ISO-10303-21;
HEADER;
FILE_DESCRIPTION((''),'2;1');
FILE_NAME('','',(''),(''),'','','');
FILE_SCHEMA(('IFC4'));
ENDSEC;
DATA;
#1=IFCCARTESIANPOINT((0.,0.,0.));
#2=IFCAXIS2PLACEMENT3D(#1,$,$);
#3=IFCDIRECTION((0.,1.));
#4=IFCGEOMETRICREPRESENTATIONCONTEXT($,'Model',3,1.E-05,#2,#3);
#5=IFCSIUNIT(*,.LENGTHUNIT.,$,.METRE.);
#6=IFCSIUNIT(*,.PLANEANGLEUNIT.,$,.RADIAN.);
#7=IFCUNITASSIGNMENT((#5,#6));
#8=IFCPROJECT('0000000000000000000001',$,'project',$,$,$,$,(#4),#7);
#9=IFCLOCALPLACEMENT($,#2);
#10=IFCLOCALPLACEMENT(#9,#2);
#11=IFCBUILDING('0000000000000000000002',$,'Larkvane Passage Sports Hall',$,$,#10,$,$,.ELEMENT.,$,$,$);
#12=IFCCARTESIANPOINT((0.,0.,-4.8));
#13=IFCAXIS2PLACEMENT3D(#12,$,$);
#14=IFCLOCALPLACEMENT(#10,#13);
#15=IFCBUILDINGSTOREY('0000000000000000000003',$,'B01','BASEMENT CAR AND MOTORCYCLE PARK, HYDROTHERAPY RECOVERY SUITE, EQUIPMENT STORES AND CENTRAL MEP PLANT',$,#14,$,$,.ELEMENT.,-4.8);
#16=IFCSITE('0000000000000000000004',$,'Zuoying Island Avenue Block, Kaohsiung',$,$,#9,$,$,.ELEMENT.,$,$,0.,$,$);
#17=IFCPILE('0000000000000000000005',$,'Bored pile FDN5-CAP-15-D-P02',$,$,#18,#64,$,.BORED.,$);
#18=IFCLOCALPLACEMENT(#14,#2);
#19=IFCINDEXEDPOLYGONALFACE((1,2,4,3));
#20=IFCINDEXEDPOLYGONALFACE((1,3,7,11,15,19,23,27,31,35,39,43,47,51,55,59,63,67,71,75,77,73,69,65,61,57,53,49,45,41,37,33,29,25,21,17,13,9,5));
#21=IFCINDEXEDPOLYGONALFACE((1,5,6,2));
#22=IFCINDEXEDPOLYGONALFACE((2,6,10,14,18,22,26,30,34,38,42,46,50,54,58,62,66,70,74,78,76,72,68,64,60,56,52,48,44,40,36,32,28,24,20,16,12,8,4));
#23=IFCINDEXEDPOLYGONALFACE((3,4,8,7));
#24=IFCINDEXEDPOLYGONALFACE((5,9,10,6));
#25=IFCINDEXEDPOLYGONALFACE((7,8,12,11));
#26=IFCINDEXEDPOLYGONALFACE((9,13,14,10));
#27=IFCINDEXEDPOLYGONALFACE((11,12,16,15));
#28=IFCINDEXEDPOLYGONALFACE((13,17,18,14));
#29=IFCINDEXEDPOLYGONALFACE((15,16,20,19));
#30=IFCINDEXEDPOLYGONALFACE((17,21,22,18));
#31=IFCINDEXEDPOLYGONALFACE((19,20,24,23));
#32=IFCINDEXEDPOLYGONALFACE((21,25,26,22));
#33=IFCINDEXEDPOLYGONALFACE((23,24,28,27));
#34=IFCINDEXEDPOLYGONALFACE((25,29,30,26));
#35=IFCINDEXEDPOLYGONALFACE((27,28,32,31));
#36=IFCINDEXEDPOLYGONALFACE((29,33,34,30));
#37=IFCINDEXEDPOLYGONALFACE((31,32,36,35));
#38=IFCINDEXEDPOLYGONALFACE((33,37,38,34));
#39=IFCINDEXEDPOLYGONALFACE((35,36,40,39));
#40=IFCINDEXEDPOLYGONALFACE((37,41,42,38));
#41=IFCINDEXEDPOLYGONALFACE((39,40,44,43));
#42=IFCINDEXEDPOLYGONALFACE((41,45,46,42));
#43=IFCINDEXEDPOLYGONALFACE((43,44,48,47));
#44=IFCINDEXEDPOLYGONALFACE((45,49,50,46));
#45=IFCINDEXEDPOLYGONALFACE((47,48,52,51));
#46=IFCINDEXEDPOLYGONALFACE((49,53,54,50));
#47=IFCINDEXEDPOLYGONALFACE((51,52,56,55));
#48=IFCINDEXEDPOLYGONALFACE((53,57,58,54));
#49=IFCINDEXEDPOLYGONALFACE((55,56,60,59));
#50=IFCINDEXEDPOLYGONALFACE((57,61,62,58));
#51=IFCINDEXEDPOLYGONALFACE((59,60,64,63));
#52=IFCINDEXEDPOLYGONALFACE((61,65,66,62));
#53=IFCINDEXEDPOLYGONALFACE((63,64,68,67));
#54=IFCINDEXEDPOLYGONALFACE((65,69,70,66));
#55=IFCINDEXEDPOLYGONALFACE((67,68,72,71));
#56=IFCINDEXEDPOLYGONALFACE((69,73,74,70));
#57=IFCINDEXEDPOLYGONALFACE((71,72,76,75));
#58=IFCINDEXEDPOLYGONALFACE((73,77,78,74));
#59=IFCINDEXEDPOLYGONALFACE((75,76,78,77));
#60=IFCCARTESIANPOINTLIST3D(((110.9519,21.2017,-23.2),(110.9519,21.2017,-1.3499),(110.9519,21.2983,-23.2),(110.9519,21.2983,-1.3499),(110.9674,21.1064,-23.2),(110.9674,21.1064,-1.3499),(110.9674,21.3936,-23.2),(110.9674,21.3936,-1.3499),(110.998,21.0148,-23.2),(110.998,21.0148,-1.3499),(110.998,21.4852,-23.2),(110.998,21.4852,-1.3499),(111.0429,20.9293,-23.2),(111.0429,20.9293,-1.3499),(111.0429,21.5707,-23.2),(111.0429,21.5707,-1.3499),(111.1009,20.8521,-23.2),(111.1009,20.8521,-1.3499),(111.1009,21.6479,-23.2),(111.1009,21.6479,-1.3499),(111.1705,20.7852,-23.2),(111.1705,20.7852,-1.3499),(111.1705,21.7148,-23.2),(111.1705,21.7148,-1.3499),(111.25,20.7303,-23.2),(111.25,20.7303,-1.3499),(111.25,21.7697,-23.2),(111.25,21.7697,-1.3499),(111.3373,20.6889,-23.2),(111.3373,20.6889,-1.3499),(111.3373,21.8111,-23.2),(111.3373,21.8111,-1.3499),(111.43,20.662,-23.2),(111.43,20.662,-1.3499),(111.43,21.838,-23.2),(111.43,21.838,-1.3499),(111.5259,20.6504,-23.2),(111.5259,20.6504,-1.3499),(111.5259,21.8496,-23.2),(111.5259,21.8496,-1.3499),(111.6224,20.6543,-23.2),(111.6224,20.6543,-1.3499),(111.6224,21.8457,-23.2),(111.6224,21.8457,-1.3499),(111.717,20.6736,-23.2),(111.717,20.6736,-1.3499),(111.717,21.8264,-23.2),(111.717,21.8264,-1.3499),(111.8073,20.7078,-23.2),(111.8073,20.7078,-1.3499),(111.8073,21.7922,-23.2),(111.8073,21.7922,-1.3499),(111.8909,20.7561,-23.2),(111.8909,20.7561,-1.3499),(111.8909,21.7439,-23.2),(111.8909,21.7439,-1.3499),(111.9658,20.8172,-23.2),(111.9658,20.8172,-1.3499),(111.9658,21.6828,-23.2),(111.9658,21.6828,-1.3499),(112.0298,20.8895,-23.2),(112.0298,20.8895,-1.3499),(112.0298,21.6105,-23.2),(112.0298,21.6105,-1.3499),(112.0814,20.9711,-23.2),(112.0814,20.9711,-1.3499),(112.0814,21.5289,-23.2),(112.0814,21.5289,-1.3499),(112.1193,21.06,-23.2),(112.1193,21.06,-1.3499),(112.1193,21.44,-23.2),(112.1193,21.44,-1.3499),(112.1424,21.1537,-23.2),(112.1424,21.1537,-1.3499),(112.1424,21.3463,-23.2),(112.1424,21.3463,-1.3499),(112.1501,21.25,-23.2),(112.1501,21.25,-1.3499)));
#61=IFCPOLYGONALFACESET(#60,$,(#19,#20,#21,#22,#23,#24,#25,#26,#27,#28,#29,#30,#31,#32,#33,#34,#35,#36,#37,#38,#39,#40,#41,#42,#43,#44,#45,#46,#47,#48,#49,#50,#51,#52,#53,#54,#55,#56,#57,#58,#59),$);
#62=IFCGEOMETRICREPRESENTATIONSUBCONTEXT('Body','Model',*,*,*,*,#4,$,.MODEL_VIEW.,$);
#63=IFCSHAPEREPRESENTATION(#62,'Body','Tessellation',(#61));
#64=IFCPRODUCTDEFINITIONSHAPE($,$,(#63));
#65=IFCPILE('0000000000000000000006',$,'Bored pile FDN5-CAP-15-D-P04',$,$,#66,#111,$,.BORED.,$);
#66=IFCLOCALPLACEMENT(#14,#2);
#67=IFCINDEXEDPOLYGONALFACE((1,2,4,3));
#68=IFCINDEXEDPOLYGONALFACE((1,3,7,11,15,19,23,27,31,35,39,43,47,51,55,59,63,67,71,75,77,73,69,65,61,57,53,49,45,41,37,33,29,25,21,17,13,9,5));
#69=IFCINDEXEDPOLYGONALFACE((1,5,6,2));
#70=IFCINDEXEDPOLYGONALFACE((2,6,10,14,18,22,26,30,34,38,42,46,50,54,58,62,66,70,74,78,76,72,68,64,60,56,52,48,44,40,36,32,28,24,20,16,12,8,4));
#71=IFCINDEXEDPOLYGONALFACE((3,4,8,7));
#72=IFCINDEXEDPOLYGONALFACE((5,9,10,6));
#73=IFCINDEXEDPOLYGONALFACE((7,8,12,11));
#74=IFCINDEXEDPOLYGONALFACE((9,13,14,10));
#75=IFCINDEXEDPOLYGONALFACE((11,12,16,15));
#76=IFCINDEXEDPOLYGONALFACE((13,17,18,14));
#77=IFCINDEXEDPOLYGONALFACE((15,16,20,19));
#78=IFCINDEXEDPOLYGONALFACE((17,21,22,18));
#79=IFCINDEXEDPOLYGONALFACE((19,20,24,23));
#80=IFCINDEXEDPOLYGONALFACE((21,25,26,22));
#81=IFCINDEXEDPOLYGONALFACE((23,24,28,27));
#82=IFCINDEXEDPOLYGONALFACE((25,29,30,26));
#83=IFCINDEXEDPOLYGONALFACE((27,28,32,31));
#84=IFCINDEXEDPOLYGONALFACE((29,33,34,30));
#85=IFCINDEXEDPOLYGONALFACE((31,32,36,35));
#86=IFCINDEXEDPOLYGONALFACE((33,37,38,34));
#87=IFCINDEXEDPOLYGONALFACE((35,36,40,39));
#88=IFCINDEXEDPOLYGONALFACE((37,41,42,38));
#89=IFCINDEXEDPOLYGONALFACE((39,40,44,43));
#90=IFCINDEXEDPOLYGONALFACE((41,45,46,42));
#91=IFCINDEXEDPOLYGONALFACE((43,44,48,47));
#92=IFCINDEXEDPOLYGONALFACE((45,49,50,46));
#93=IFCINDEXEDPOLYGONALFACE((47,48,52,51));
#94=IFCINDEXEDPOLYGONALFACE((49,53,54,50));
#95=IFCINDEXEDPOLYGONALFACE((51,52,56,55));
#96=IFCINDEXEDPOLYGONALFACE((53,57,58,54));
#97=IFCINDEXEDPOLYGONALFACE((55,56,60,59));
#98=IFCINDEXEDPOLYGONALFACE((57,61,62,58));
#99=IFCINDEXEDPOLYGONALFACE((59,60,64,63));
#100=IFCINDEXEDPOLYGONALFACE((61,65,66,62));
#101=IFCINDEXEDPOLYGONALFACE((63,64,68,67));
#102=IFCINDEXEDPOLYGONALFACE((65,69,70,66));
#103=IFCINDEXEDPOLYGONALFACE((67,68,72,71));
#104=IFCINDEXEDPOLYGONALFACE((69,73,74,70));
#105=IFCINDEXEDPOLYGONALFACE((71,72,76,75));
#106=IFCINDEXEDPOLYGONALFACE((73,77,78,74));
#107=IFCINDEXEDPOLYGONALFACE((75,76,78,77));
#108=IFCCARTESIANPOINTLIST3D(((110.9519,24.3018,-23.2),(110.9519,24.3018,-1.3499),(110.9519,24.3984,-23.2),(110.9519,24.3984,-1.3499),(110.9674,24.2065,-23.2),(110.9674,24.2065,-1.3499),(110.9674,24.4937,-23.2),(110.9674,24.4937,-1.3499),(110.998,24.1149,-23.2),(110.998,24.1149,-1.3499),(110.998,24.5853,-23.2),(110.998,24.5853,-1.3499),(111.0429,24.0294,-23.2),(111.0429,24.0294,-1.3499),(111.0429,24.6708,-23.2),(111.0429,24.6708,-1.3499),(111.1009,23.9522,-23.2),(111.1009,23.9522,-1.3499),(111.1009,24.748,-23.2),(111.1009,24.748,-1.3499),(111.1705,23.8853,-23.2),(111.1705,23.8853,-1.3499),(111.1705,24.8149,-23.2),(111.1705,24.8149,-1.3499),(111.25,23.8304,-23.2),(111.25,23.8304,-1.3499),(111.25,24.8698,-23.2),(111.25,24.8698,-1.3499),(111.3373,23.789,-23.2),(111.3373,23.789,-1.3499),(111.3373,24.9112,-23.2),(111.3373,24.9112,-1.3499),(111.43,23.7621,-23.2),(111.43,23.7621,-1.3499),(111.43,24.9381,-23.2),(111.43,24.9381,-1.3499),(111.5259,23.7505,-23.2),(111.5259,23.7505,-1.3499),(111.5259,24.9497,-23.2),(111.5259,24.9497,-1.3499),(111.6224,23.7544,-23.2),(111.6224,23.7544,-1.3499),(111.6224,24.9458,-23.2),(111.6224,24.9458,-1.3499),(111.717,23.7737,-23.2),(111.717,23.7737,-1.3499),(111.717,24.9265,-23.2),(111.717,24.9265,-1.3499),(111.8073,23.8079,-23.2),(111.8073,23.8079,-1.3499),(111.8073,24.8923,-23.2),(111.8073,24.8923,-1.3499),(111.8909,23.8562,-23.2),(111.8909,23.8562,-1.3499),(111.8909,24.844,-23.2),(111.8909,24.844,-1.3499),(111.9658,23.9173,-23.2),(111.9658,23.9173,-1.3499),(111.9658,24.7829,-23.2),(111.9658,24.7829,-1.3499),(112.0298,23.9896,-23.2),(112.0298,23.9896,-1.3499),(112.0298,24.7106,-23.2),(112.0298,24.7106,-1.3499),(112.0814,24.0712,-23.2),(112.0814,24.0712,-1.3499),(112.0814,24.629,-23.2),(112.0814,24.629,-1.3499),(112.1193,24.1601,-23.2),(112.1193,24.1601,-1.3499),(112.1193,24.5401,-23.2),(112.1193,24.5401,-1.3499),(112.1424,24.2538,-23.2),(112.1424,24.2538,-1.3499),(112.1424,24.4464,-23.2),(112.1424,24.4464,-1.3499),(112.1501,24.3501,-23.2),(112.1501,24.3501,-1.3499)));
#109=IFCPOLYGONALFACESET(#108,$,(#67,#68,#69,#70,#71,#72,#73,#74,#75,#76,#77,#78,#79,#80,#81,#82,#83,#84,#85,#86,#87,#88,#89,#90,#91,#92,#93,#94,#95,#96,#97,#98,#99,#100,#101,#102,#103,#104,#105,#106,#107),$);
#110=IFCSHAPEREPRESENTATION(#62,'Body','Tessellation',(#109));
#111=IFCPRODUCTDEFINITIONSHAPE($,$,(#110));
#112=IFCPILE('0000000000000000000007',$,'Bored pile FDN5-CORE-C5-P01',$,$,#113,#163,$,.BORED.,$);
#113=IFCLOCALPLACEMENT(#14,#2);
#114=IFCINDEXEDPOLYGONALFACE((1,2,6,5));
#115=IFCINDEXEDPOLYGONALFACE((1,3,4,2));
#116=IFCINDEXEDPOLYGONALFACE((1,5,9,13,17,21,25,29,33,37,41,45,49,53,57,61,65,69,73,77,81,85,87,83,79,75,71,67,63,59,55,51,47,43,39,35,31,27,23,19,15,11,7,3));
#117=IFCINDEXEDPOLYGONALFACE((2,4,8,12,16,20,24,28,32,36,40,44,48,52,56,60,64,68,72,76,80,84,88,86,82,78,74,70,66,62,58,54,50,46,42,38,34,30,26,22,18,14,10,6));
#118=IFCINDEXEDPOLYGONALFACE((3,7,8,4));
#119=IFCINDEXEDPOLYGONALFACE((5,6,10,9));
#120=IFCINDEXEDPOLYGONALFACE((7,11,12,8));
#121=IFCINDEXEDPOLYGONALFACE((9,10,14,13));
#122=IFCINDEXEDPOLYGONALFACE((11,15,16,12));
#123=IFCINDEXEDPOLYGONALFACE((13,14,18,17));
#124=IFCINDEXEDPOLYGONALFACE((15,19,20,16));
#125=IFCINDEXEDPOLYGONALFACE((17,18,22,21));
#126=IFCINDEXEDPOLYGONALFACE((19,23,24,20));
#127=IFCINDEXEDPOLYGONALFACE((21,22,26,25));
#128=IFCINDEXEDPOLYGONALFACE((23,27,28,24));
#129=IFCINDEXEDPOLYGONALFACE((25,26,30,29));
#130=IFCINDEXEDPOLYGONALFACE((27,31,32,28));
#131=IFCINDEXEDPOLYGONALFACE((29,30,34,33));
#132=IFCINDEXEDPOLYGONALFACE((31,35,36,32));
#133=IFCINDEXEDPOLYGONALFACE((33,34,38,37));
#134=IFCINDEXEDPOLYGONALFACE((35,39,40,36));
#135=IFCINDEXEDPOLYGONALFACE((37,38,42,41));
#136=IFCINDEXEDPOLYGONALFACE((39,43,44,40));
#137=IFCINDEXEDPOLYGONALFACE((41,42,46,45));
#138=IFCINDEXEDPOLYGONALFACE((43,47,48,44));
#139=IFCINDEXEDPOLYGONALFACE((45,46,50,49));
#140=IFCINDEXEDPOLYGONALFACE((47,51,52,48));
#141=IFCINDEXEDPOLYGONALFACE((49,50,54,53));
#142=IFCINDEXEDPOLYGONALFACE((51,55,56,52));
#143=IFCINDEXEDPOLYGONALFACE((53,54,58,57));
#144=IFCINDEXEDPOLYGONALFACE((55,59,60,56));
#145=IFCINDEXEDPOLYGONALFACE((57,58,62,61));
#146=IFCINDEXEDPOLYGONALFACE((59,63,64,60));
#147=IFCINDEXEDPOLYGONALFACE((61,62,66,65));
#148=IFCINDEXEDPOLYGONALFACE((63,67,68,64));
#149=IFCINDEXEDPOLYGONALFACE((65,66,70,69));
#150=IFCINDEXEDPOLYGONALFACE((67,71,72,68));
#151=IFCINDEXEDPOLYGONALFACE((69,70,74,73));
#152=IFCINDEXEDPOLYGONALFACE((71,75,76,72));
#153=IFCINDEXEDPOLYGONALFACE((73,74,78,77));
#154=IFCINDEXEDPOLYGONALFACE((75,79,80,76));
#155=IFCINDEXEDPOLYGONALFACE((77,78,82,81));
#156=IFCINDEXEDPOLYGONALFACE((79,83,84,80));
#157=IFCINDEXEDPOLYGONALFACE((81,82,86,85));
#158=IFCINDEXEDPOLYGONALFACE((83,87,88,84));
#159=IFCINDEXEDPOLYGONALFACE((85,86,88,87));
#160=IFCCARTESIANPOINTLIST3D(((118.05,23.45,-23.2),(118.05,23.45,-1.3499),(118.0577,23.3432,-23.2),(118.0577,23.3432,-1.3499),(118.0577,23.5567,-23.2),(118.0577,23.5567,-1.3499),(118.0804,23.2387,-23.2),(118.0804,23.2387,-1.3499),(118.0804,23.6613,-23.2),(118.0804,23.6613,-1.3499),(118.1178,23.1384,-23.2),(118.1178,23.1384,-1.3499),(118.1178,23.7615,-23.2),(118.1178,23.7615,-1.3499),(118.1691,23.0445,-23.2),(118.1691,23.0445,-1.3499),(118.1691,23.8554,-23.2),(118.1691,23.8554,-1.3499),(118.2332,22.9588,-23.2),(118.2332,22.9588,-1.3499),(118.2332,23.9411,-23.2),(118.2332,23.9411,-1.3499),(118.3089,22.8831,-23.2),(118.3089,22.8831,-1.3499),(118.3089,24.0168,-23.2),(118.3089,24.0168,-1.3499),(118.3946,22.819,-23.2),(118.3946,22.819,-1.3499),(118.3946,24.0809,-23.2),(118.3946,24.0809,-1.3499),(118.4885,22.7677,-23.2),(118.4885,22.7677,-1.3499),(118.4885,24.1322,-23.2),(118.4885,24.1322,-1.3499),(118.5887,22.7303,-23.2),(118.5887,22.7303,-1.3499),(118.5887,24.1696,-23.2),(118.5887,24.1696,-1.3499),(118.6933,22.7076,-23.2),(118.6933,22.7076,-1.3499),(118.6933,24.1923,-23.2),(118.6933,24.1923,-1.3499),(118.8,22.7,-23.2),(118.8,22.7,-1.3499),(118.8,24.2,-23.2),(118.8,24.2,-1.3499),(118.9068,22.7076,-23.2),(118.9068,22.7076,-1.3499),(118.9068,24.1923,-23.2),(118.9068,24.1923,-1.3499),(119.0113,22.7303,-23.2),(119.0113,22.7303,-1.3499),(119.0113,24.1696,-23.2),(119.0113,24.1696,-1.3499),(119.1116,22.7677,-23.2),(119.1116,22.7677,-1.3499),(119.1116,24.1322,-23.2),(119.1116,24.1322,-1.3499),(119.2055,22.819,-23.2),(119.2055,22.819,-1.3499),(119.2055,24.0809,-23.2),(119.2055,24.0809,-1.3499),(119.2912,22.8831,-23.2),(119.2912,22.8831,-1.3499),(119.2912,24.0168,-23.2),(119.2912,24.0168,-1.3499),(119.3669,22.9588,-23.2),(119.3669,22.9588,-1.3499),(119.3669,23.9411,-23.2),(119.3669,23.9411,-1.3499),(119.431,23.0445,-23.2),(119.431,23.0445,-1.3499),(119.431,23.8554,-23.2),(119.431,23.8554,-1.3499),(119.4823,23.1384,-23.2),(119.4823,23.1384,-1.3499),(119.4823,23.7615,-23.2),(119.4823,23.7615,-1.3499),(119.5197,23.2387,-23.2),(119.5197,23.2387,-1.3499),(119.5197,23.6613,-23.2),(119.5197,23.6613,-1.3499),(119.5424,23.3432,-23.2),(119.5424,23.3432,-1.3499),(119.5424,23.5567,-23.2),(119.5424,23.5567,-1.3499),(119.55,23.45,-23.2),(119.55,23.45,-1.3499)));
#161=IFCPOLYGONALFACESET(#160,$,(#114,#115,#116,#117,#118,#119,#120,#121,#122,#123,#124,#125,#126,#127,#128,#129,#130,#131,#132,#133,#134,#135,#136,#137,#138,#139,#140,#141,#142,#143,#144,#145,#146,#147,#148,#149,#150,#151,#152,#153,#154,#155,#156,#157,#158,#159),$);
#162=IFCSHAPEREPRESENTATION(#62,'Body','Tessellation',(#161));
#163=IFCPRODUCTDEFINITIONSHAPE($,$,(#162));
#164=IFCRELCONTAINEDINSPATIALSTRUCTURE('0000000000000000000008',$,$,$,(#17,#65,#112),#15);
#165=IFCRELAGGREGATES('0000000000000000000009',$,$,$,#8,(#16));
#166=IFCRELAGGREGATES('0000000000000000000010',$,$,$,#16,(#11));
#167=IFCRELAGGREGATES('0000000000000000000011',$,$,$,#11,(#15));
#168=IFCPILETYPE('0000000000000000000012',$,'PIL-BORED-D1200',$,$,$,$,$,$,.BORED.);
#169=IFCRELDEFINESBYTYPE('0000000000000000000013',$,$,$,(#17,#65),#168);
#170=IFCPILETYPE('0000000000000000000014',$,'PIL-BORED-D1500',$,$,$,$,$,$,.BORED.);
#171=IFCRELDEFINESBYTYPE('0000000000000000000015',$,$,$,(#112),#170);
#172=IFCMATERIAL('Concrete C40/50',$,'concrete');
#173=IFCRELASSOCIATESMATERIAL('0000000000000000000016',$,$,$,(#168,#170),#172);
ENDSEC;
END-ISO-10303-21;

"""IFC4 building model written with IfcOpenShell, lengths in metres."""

from ifc_helpers import new_model, si_unit, direction, frame, origin, origin_2d, place, context, subcontext, project, spatial, circle, extrude, material, material_profile, profile_set, type_object, element, save


model = new_model("IFC4")

# Units and contexts
model_context = context("Model", 3, precision=1e-05, world=origin(), true_north=direction((0.0, 1.0)))
body_context = subcontext(model_context, "Body", "Model", "MODEL_VIEW")
ifc_project = project(units=[si_unit("LENGTHUNIT", "METRE"), si_unit("PLANEANGLEUNIT", "RADIAN")], contexts=[model_context])

# Site, building, storey
site_placement = place(None, origin())
site = spatial("IfcSite", under=ifc_project, at=site_placement, Name="Zuoying Island Avenue Block, Kaohsiung", CompositionType="ELEMENT", RefElevation=0.0)
building_placement = place(site_placement, origin())
building = spatial("IfcBuilding", under=site, at=building_placement, Name="Larkvane Passage Sports Hall", CompositionType="ELEMENT")
storey_placement = place(building_placement, frame((0.0, 0.0, -4.8)))
storey = spatial("IfcBuildingStorey", under=building, at=storey_placement, Name="B01", Description="BASEMENT CAR AND MOTORCYCLE PARK, HYDROTHERAPY RECOVERY SUITE, EQUIPMENT STORES AND CENTRAL MEP PLANT", CompositionType="ELEMENT", Elevation=-4.8)

# Shared definitions
ifc_material_1 = material(Name="Concrete C40/50", Category="concrete")

# Piles
ifc_material_profile_1 = material_profile(ifc_material_1, circle(Radius=0.6001, at=origin_2d()), Name="PILE-D1200")
ifc_profile_set_1 = profile_set([ifc_material_profile_1], Name="Concrete C40/50")
pile_type_1 = type_object("IfcPileType", Name="PIL-BORED-D1200", PredefinedType="BORED", material=ifc_profile_set_1)
for number, where, z_axis, x_axis, name in (
    (1, (111.55, 21.25, -1.3499), (0.0, 0.0, -1.0), (1.0, 0.0, 0.0), "Bored pile FDN5-CAP-15-D-P02"),
    (2, (111.55, 24.3501, -1.3499), (0.0, 0.0, -1.0), (1.0, 0.0, 0.0), "Bored pile FDN5-CAP-15-D-P04"),
):
    element("IfcPile", number, at=place(storey_placement, frame(where, z_axis=z_axis, x_axis=x_axis)), inside=storey, type_object=pile_type_1, Name=name, PredefinedType="BORED", context=body_context, shape_type="SweptSolid", body=[
        extrude(circle(Radius=0.6001, at=origin_2d()), origin(), (0.0, 0.0, 1.0), 21.8501),
    ])
ifc_material_profile_2 = material_profile(ifc_material_1, circle(Radius=0.75, at=origin_2d()), Name="PILE-D1500")
ifc_profile_set_2 = profile_set([ifc_material_profile_2], Name="Concrete C40/50")
pile_type_2 = type_object("IfcPileType", Name="PIL-BORED-D1500", PredefinedType="BORED", material=ifc_profile_set_2)
for number, where, z_axis, x_axis, name in (
    (3, (118.8, 23.45, -1.3499), (0.0, 0.0, -1.0), (1.0, 0.0, 0.0), "Bored pile FDN5-CORE-C5-P01"),
):
    element("IfcPile", number, at=place(storey_placement, frame(where, z_axis=z_axis, x_axis=x_axis)), inside=storey, type_object=pile_type_2, Name=name, PredefinedType="BORED", context=body_context, shape_type="SweptSolid", body=[
        extrude(circle(Radius=0.75, at=origin_2d()), origin(), (0.0, 0.0, 1.0), 21.8501),
    ])

save(model, "model.ifc")
